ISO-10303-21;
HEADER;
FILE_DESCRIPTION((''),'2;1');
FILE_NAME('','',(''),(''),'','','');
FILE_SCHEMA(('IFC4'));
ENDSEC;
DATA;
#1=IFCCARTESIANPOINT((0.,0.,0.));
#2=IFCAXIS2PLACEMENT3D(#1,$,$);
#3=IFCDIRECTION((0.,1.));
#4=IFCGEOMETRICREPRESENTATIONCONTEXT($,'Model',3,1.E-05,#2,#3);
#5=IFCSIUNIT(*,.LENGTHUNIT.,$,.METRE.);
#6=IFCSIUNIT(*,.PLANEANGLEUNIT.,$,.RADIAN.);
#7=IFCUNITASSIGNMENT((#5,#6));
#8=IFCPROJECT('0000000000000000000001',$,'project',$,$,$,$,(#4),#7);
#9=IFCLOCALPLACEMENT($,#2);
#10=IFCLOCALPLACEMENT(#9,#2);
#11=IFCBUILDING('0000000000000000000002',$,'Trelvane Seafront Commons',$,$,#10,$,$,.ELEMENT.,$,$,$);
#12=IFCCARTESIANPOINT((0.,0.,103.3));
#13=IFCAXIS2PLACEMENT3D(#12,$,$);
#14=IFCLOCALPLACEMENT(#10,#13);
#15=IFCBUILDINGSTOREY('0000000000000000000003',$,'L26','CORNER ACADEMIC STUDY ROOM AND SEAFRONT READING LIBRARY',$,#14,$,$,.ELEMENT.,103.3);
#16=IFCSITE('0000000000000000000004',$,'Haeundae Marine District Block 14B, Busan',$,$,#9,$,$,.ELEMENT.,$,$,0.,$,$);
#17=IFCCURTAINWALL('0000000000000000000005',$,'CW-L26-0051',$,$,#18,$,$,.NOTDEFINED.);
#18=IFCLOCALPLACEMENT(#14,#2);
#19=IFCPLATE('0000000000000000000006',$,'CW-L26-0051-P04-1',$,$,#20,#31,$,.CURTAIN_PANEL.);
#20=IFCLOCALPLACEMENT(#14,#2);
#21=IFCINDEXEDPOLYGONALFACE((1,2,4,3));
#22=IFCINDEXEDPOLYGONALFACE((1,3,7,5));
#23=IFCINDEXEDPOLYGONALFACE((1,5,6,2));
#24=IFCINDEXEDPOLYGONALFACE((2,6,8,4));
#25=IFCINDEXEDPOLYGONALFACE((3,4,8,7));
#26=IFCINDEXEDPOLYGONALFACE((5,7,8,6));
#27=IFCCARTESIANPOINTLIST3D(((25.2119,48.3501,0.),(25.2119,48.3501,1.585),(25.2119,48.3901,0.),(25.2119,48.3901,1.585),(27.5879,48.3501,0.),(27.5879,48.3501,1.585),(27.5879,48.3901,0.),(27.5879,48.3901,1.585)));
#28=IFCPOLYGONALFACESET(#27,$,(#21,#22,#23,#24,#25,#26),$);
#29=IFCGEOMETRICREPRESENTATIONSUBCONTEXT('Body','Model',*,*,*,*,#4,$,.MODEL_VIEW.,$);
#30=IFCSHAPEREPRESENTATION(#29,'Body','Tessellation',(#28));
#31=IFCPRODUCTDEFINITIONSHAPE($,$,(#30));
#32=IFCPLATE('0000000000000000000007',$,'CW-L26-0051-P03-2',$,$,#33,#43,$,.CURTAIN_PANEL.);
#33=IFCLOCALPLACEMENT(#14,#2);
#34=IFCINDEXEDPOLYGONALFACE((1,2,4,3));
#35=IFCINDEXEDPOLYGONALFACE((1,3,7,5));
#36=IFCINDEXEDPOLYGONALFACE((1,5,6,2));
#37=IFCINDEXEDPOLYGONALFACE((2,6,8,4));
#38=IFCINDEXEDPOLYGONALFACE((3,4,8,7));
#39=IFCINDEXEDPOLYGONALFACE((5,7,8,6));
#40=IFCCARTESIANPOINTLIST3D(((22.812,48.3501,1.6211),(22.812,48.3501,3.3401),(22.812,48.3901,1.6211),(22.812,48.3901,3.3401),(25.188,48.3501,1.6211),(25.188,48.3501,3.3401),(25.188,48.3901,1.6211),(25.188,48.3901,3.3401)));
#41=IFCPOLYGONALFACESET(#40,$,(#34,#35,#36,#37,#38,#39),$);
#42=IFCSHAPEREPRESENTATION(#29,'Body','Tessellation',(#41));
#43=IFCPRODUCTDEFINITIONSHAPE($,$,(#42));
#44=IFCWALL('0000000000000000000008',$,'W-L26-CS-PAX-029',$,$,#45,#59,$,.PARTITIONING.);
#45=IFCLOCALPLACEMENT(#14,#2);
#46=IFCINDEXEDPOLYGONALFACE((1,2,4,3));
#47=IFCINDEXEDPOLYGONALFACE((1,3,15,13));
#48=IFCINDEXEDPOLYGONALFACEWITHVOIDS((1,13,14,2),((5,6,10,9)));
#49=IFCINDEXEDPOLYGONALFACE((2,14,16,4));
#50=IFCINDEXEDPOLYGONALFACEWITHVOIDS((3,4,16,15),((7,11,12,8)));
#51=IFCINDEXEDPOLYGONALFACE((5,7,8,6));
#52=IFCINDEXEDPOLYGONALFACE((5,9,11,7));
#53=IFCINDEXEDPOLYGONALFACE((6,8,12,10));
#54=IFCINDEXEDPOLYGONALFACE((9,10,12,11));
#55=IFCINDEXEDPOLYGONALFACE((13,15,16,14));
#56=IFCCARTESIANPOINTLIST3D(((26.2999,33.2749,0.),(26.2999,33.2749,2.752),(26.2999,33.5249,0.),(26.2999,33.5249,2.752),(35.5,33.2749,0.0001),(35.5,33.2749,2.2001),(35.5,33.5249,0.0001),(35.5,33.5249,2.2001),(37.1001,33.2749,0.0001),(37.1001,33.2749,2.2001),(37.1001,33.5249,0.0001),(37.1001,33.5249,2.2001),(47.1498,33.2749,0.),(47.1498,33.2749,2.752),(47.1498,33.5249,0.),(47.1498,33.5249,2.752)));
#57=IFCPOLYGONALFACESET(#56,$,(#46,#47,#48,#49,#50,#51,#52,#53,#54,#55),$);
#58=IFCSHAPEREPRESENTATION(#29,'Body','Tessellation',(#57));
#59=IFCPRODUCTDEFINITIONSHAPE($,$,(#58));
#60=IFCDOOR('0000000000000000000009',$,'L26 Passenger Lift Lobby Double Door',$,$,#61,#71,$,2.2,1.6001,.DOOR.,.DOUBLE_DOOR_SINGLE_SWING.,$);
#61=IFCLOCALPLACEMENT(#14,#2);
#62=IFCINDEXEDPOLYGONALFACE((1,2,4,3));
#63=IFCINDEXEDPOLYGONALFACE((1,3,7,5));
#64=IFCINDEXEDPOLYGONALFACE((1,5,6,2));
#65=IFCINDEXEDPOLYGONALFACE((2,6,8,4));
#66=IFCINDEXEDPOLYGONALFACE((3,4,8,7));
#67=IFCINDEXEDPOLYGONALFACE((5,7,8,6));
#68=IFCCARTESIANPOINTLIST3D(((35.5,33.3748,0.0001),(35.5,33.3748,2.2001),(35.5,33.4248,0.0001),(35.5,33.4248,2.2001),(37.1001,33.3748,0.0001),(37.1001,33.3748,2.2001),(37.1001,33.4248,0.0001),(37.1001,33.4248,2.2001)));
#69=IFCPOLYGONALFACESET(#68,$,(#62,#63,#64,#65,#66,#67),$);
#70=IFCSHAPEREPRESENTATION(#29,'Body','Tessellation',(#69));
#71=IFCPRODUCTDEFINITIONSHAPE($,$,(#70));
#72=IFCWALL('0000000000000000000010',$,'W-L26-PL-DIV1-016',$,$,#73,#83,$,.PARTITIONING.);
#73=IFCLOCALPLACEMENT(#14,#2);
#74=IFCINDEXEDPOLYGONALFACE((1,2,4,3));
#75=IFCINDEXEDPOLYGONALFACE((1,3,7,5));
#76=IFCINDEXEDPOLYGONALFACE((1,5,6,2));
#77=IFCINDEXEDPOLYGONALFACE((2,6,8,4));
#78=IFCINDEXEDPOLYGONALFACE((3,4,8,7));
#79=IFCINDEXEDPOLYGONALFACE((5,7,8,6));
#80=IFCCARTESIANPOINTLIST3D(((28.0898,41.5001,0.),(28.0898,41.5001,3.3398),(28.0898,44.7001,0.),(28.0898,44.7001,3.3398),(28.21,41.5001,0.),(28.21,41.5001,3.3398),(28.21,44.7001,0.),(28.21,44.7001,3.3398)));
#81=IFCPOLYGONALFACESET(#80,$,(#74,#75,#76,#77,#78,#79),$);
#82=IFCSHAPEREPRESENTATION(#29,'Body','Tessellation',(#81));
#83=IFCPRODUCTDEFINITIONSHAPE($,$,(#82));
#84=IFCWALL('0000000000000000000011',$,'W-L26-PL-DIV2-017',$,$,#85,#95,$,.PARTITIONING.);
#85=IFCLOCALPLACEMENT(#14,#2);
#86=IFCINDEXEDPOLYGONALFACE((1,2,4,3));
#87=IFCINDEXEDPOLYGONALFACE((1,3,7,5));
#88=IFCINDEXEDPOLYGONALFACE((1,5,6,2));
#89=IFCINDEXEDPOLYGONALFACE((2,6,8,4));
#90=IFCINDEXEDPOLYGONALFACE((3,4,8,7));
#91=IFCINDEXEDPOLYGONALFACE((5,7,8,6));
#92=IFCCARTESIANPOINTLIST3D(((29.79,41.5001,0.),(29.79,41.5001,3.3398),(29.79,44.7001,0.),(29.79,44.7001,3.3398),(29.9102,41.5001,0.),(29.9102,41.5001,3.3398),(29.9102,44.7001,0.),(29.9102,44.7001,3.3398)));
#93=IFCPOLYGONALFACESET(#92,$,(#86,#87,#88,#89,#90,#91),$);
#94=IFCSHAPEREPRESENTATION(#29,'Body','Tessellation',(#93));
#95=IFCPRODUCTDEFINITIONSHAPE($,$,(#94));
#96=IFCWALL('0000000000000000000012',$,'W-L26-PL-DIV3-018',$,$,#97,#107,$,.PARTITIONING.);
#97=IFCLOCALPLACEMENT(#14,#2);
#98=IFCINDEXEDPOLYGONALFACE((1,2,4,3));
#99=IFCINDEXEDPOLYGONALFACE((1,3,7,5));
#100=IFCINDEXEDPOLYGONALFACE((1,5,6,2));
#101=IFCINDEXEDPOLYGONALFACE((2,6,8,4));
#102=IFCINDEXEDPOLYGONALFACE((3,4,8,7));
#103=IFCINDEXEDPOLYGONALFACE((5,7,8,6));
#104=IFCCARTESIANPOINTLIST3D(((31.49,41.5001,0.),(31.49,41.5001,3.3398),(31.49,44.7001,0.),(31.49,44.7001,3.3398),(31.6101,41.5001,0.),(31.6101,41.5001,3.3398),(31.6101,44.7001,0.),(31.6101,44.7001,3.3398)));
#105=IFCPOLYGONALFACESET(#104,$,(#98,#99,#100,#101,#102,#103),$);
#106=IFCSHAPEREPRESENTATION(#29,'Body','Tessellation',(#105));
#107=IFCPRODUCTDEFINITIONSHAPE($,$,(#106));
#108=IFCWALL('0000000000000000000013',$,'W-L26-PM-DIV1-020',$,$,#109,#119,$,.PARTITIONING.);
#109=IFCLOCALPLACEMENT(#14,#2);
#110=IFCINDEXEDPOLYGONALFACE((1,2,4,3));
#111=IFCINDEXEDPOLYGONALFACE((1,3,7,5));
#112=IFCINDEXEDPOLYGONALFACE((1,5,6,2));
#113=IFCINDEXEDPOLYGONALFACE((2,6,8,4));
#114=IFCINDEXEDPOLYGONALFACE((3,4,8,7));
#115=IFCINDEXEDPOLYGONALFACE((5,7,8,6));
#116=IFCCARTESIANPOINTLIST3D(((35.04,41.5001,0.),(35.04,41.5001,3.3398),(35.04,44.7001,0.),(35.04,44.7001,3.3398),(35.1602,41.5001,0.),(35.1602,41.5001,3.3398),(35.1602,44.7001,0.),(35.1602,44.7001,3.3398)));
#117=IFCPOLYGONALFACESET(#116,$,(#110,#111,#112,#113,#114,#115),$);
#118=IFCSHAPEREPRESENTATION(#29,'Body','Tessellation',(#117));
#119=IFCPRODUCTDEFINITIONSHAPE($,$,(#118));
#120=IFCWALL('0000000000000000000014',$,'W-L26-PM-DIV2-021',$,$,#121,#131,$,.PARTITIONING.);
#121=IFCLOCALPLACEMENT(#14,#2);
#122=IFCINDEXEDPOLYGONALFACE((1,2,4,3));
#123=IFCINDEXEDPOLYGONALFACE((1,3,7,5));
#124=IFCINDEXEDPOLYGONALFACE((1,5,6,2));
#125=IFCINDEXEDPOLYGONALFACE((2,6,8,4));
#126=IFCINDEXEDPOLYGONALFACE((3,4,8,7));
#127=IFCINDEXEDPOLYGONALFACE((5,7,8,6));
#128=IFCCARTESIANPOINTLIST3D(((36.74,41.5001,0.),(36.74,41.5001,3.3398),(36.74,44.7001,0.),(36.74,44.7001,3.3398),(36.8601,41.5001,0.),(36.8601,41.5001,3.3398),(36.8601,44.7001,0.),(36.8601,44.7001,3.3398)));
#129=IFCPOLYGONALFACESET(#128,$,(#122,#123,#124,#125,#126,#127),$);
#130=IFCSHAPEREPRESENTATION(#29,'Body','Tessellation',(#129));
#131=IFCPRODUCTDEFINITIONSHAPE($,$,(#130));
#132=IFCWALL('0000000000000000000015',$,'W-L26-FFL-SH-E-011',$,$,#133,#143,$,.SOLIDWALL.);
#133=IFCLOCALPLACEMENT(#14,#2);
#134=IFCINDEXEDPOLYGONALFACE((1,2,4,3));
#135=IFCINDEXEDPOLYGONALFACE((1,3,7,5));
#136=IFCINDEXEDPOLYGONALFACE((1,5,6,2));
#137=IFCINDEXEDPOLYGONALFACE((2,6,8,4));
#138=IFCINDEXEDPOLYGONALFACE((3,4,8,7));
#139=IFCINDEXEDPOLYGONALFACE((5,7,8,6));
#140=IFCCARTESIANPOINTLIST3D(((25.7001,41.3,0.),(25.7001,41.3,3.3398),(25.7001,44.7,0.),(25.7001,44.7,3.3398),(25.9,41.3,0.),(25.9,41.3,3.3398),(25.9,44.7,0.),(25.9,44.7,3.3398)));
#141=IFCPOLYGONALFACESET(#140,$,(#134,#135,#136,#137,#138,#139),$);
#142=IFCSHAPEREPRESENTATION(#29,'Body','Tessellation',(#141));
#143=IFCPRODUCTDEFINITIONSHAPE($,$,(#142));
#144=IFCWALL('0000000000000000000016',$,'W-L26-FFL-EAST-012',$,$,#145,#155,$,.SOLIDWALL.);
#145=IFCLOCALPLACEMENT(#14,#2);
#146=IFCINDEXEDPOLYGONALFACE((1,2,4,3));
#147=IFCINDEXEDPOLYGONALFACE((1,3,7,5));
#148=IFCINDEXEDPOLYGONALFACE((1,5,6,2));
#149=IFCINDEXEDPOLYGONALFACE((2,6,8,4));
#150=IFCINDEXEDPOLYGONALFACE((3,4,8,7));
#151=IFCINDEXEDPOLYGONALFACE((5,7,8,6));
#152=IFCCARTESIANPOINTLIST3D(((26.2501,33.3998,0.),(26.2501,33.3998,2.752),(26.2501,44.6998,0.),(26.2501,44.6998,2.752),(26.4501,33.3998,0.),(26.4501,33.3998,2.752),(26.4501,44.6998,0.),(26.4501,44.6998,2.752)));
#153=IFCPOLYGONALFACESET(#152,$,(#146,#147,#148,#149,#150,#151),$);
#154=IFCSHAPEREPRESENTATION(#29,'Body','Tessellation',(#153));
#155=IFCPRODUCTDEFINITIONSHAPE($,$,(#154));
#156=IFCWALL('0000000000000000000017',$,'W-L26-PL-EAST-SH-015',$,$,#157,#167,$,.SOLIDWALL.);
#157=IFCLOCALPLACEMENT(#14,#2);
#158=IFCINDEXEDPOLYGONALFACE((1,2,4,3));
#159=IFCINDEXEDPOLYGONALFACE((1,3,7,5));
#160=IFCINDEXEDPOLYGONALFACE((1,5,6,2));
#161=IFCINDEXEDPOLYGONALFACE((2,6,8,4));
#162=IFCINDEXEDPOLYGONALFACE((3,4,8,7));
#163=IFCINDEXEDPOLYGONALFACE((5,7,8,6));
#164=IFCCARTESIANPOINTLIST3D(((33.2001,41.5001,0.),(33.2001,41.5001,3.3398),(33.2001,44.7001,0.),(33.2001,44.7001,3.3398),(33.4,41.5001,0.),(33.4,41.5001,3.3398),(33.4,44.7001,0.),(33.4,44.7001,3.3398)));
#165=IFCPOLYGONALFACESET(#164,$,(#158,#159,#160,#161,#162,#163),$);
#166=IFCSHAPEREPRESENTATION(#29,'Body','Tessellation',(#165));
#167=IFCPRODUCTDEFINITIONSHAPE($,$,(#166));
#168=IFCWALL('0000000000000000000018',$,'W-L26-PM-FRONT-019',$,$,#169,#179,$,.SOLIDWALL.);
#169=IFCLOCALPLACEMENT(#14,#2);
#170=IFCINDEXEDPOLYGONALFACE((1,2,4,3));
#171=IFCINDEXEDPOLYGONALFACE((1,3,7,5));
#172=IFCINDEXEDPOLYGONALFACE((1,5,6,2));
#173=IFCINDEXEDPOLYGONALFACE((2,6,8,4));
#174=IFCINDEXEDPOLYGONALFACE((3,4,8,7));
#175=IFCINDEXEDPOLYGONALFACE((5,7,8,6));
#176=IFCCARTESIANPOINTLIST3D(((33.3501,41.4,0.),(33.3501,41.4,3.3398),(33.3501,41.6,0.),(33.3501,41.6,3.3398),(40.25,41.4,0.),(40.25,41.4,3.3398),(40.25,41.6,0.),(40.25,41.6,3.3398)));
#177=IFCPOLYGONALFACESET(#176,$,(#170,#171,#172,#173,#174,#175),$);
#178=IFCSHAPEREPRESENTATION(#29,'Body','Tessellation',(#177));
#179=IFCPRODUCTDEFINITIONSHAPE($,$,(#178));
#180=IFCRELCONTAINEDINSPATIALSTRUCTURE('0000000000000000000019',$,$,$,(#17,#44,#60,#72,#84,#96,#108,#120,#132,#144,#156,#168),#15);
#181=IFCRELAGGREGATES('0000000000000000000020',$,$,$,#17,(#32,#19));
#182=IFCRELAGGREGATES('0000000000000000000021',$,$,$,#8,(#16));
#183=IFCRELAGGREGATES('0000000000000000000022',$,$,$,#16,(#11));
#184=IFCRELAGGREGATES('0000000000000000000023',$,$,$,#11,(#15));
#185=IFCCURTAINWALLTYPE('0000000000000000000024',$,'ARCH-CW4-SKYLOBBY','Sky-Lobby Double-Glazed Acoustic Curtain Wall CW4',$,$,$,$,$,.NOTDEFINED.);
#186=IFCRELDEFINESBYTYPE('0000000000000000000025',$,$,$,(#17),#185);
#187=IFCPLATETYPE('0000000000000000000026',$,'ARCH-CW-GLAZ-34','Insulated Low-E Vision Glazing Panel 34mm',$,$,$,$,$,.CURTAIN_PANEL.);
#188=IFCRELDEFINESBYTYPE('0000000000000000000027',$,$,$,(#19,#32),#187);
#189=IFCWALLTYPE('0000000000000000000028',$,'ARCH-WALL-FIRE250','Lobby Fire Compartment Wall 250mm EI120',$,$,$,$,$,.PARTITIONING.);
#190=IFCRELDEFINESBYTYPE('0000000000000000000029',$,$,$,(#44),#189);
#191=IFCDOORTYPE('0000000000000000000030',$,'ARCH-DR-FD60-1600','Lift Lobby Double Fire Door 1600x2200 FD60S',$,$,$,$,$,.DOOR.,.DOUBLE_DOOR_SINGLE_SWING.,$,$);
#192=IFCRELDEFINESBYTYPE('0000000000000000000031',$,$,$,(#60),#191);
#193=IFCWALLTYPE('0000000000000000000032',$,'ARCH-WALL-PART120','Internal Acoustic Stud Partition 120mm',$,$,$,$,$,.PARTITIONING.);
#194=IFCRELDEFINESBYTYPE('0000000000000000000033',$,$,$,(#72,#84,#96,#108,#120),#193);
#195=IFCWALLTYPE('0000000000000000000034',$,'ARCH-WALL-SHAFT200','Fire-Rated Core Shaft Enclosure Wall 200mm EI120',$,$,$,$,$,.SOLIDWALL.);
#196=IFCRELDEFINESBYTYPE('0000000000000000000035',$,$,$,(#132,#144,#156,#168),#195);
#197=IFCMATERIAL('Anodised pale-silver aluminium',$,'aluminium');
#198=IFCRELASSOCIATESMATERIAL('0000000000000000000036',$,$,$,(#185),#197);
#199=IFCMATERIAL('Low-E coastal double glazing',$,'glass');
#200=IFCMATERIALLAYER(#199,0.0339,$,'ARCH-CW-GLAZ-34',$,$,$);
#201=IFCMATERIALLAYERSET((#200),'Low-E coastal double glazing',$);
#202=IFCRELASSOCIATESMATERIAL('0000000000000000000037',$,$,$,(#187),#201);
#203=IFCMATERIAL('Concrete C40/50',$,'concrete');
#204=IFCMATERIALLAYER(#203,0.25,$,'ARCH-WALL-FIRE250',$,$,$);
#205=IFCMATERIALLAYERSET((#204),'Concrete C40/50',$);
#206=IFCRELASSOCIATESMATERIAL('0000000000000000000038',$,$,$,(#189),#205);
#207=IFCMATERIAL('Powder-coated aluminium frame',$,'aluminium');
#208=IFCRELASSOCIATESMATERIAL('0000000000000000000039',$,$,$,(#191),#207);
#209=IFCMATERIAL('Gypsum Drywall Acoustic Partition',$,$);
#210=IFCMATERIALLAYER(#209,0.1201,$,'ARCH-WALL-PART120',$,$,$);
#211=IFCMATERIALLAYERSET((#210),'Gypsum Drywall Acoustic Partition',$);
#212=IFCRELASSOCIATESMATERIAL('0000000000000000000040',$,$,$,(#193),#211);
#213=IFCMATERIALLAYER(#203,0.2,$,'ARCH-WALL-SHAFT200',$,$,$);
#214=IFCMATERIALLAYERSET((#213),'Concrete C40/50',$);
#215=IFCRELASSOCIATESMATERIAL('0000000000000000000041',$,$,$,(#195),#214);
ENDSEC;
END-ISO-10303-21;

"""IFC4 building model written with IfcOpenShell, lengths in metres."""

from ifc_helpers import new_model, si_unit, direction, frame, frame_2d, origin, origin_2d, place, context, subcontext, project, spatial, rectangle, extrude, source, transform, mapped, material, layer, layer_set, type_object, element, fill, aggregate, save


model = new_model("IFC4")

# Units and contexts
model_context = context("Model", 3, precision=1e-05, world=origin(), true_north=direction((0.0, 1.0)))
body_context = subcontext(model_context, "Body", "Model", "MODEL_VIEW")
ifc_project = project(units=[si_unit("LENGTHUNIT", "METRE"), si_unit("PLANEANGLEUNIT", "RADIAN")], contexts=[model_context])

# Site, building, storey
site_placement = place(None, origin())
site = spatial("IfcSite", under=ifc_project, at=site_placement, Name="Haeundae Marine District Block 14B, Busan", CompositionType="ELEMENT", RefElevation=0.0)
building_placement = place(site_placement, origin())
building = spatial("IfcBuilding", under=site, at=building_placement, Name="Trelvane Seafront Commons", CompositionType="ELEMENT")
storey_placement = place(building_placement, frame((0.0, 0.0, 103.3)))
storey = spatial("IfcBuildingStorey", under=building, at=storey_placement, Name="L26", Description="CORNER ACADEMIC STUDY ROOM AND SEAFRONT READING LIBRARY", CompositionType="ELEMENT", Elevation=103.3)

# Curtain wall, plates
ifc_material_1 = material(Name="Anodised pale-silver aluminium", Category="aluminium")
curtain_wall_type = type_object("IfcCurtainWallType", Name="ARCH-CW4-SKYLOBBY", Description="Sky-Lobby Double-Glazed Acoustic Curtain Wall CW4", PredefinedType="NOTDEFINED", material=ifc_material_1)
curtain_wall_placement = place(storey_placement, origin())
curtain_wall = element("IfcCurtainWall", 1, at=curtain_wall_placement, inside=storey, type_object=curtain_wall_type, Name="CW-L26-0051", PredefinedType="NOTDEFINED")
ifc_material_2 = material(Name="Low-E coastal double glazing", Category="glass")
ifc_layer_1 = layer(ifc_material_2, 0.0339, Name="ARCH-CW-GLAZ-34")
ifc_layer_set_1 = layer_set([ifc_layer_1], Name="Low-E coastal double glazing")
plate_type = type_object("IfcPlateType", Name="ARCH-CW-GLAZ-34", Description="Insulated Low-E Vision Glazing Panel 34mm", PredefinedType="CURTAIN_PANEL", material=ifc_layer_set_1)
shared_shape_1 = source(origin(), body_context, "Body", "SweptSolid", [
    extrude(rectangle(XDim=2.376, YDim=0.04, at=origin_2d()), origin(), (0.0, 0.0, 1.0), 1.585),
])
plate_1_placement = place(storey_placement, frame((26.3999, 48.3701, 0.0), z_axis=(0.0, 0.0, 1.0), x_axis=(1.0, 0.0, 0.0)))
plate_1 = element("IfcPlate", 2, at=plate_1_placement, type_object=plate_type, Name="CW-L26-0051-P04-1", PredefinedType="CURTAIN_PANEL", context=body_context, shape_type="MappedRepresentation", body=[
    mapped(shared_shape_1, transform((0.0, 0.0, 0.0), x_axis=(1.0, 0.0, 0.0), y_axis=(0.0, 1.0, 0.0), z_axis=(0.0, 0.0, 1.0), scale=1.0)),
])
shared_shape_2 = source(origin(), body_context, "Body", "SweptSolid", [
    extrude(rectangle(XDim=2.376, YDim=0.04, at=origin_2d()), origin(), (0.0, 0.0, 1.0), 1.719),
])
plate_2_placement = place(storey_placement, frame((24.0, 48.3701, 1.6211), z_axis=(0.0, 0.0, 1.0), x_axis=(1.0, 0.0, 0.0)))
plate_2 = element("IfcPlate", 3, at=plate_2_placement, type_object=plate_type, Name="CW-L26-0051-P03-2", PredefinedType="CURTAIN_PANEL", context=body_context, shape_type="MappedRepresentation", body=[
    mapped(shared_shape_2, transform((0.0, 0.0, 0.0), x_axis=(1.0, 0.0, 0.0), y_axis=(0.0, 1.0, 0.0), z_axis=(0.0, 0.0, 1.0), scale=1.0)),
])
aggregate(curtain_wall, [plate_2, plate_1])

# Wall, opening, door
ifc_material_3 = material(Name="Concrete C40/50", Category="concrete")
ifc_layer_2 = layer(ifc_material_3, 0.25, Name="ARCH-WALL-FIRE250")
ifc_layer_set_2 = layer_set([ifc_layer_2], Name="Concrete C40/50")
wall_type_1 = type_object("IfcWallType", Name="ARCH-WALL-FIRE250", Description="Lobby Fire Compartment Wall 250mm EI120", PredefinedType="PARTITIONING", material=ifc_layer_set_2)
wall_1_placement = place(storey_placement, frame((26.3, 33.3999, 0.0), z_axis=(0.0, 0.0, 1.0), x_axis=(1.0, 0.0, 0.0)))
wall_1 = element("IfcWall", 4, at=wall_1_placement, inside=storey, type_object=wall_type_1, Name="W-L26-CS-PAX-029", PredefinedType="PARTITIONING", context=body_context, shape_type="SweptSolid", body=[
    extrude(rectangle(XDim=20.8499, YDim=0.25, at=frame_2d((10.4248, 0.0))), origin(), (0.0, 0.0, 1.0), 2.752),
])
opening_1_placement = place(wall_1_placement, frame((9.2, 0.0, 0.0)))
opening_1 = element("IfcOpeningElement", 5, at=opening_1_placement, cuts=wall_1, PredefinedType="OPENING", context=body_context, shape_type="SweptSolid", body=[
    extrude(rectangle(XDim=1.6001, YDim=2.2, at=frame_2d((0.8, 1.1001))), frame((0.0, 0.135, 0.0), z_axis=(0.0, -1.0, 0.0), x_axis=(1.0, 0.0, 0.0)), (0.0, 0.0, 1.0), 0.27),
])
ifc_material_4 = material(Name="Powder-coated aluminium frame", Category="aluminium")
door_type_1 = type_object("IfcDoorType", Name="ARCH-DR-FD60-1600", Description="Lift Lobby Double Fire Door 1600x2200 FD60S", OperationType="DOUBLE_DOOR_SINGLE_SWING", PredefinedType="DOOR", material=ifc_material_4)
shared_shape_3 = source(origin(), body_context, "Body", "SweptSolid", [
    extrude(rectangle(XDim=1.6001, YDim=2.2, at=frame_2d((0.8, 1.1001))), frame((0.0, 0.0249, 0.0), z_axis=(0.0, -1.0, 0.0), x_axis=(1.0, 0.0, 0.0)), (0.0, 0.0, 1.0), 0.05),
])
door_1_placement = place(opening_1_placement, origin())
door_1 = element("IfcDoor", 6, at=door_1_placement, inside=storey, type_object=door_type_1, Name="L26 Passenger Lift Lobby Double Door", OperationType="DOUBLE_DOOR_SINGLE_SWING", OverallHeight=2.2, OverallWidth=1.6001, PredefinedType="DOOR", context=body_context, shape_type="MappedRepresentation", body=[
    mapped(shared_shape_3, transform((0.0, 0.0, 0.0), x_axis=(1.0, 0.0, 0.0), y_axis=(0.0, 1.0, 0.0), z_axis=(0.0, 0.0, 1.0), scale=1.0)),
])
fill(opening_1, door_1)

# Walls
ifc_material_5 = material(Name="Gypsum Drywall Acoustic Partition")
ifc_layer_3 = layer(ifc_material_5, 0.1201, Name="ARCH-WALL-PART120")
ifc_layer_set_3 = layer_set([ifc_layer_3], Name="Gypsum Drywall Acoustic Partition")
wall_type_2 = type_object("IfcWallType", Name="ARCH-WALL-PART120", Description="Internal Acoustic Stud Partition 120mm", PredefinedType="PARTITIONING", material=ifc_layer_set_3)
for number, where, z_axis, x_axis, name in (
    (7, (28.1499, 41.5, 0.0), (0.0, 0.0, 1.0), (0.0, 1.0, 0.0), "W-L26-PL-DIV1-016"),
    (8, (29.8501, 41.5, 0.0), (0.0, 0.0, 1.0), (0.0, 1.0, 0.0), "W-L26-PL-DIV2-017"),
    (9, (31.55, 41.5, 0.0), (0.0, 0.0, 1.0), (0.0, 1.0, 0.0), "W-L26-PL-DIV3-018"),
    (10, (35.1001, 41.5, 0.0), (0.0, 0.0, 1.0), (0.0, 1.0, 0.0), "W-L26-PM-DIV1-020"),
    (11, (36.8, 41.5, 0.0), (0.0, 0.0, 1.0), (0.0, 1.0, 0.0), "W-L26-PM-DIV2-021"),
):
    element("IfcWall", number, at=place(storey_placement, frame(where, z_axis=z_axis, x_axis=x_axis)), inside=storey, type_object=wall_type_2, Name=name, PredefinedType="PARTITIONING", context=body_context, shape_type="SweptSolid", body=[
        extrude(rectangle(XDim=3.2, YDim=0.1201, at=frame_2d((1.6001, 0.0))), origin(), (0.0, 0.0, 1.0), 3.3398),
    ])
ifc_layer_4 = layer(ifc_material_3, 0.2, Name="ARCH-WALL-SHAFT200")
ifc_layer_set_4 = layer_set([ifc_layer_4], Name="Concrete C40/50")
wall_type_3 = type_object("IfcWallType", Name="ARCH-WALL-SHAFT200", Description="Fire-Rated Core Shaft Enclosure Wall 200mm EI120", PredefinedType="SOLIDWALL", material=ifc_layer_set_4)
wall_2_placement = place(storey_placement, frame((25.8, 41.3, 0.0), z_axis=(0.0, 0.0, 1.0), x_axis=(0.0, 1.0, 0.0)))
element("IfcWall", 12, at=wall_2_placement, inside=storey, type_object=wall_type_3, Name="W-L26-FFL-SH-E-011", PredefinedType="SOLIDWALL", context=body_context, shape_type="SweptSolid", body=[
    extrude(rectangle(XDim=3.3999, YDim=0.2, at=frame_2d((1.7, 0.0))), origin(), (0.0, 0.0, 1.0), 3.3398),
])
wall_3_placement = place(storey_placement, frame((26.3501, 33.3999, 0.0), z_axis=(0.0, 0.0, 1.0), x_axis=(0.0, 1.0, 0.0)))
element("IfcWall", 13, at=wall_3_placement, inside=storey, type_object=wall_type_3, Name="W-L26-FFL-EAST-012", PredefinedType="SOLIDWALL", context=body_context, shape_type="SweptSolid", body=[
    extrude(rectangle(XDim=11.3, YDim=0.2, at=frame_2d((5.6499, 0.0))), origin(), (0.0, 0.0, 1.0), 2.752),
])

# Walls
wall_4_placement = place(storey_placement, frame((33.3, 41.5, 0.0), z_axis=(0.0, 0.0, 1.0), x_axis=(0.0, 1.0, 0.0)))
element("IfcWall", 14, at=wall_4_placement, inside=storey, type_object=wall_type_3, Name="W-L26-PL-EAST-SH-015", PredefinedType="SOLIDWALL", context=body_context, shape_type="SweptSolid", body=[
    extrude(rectangle(XDim=3.2, YDim=0.2, at=frame_2d((1.6001, 0.0))), origin(), (0.0, 0.0, 1.0), 3.3398),
])
wall_5_placement = place(storey_placement, frame((33.3501, 41.5, 0.0), z_axis=(0.0, 0.0, 1.0), x_axis=(1.0, 0.0, 0.0)))
element("IfcWall", 15, at=wall_5_placement, inside=storey, type_object=wall_type_3, Name="W-L26-PM-FRONT-019", PredefinedType="SOLIDWALL", context=body_context, shape_type="SweptSolid", body=[
    extrude(rectangle(XDim=6.8999, YDim=0.2, at=frame_2d((3.45, 0.0))), origin(), (0.0, 0.0, 1.0), 3.3398),
])

save(model, "model.ifc")
